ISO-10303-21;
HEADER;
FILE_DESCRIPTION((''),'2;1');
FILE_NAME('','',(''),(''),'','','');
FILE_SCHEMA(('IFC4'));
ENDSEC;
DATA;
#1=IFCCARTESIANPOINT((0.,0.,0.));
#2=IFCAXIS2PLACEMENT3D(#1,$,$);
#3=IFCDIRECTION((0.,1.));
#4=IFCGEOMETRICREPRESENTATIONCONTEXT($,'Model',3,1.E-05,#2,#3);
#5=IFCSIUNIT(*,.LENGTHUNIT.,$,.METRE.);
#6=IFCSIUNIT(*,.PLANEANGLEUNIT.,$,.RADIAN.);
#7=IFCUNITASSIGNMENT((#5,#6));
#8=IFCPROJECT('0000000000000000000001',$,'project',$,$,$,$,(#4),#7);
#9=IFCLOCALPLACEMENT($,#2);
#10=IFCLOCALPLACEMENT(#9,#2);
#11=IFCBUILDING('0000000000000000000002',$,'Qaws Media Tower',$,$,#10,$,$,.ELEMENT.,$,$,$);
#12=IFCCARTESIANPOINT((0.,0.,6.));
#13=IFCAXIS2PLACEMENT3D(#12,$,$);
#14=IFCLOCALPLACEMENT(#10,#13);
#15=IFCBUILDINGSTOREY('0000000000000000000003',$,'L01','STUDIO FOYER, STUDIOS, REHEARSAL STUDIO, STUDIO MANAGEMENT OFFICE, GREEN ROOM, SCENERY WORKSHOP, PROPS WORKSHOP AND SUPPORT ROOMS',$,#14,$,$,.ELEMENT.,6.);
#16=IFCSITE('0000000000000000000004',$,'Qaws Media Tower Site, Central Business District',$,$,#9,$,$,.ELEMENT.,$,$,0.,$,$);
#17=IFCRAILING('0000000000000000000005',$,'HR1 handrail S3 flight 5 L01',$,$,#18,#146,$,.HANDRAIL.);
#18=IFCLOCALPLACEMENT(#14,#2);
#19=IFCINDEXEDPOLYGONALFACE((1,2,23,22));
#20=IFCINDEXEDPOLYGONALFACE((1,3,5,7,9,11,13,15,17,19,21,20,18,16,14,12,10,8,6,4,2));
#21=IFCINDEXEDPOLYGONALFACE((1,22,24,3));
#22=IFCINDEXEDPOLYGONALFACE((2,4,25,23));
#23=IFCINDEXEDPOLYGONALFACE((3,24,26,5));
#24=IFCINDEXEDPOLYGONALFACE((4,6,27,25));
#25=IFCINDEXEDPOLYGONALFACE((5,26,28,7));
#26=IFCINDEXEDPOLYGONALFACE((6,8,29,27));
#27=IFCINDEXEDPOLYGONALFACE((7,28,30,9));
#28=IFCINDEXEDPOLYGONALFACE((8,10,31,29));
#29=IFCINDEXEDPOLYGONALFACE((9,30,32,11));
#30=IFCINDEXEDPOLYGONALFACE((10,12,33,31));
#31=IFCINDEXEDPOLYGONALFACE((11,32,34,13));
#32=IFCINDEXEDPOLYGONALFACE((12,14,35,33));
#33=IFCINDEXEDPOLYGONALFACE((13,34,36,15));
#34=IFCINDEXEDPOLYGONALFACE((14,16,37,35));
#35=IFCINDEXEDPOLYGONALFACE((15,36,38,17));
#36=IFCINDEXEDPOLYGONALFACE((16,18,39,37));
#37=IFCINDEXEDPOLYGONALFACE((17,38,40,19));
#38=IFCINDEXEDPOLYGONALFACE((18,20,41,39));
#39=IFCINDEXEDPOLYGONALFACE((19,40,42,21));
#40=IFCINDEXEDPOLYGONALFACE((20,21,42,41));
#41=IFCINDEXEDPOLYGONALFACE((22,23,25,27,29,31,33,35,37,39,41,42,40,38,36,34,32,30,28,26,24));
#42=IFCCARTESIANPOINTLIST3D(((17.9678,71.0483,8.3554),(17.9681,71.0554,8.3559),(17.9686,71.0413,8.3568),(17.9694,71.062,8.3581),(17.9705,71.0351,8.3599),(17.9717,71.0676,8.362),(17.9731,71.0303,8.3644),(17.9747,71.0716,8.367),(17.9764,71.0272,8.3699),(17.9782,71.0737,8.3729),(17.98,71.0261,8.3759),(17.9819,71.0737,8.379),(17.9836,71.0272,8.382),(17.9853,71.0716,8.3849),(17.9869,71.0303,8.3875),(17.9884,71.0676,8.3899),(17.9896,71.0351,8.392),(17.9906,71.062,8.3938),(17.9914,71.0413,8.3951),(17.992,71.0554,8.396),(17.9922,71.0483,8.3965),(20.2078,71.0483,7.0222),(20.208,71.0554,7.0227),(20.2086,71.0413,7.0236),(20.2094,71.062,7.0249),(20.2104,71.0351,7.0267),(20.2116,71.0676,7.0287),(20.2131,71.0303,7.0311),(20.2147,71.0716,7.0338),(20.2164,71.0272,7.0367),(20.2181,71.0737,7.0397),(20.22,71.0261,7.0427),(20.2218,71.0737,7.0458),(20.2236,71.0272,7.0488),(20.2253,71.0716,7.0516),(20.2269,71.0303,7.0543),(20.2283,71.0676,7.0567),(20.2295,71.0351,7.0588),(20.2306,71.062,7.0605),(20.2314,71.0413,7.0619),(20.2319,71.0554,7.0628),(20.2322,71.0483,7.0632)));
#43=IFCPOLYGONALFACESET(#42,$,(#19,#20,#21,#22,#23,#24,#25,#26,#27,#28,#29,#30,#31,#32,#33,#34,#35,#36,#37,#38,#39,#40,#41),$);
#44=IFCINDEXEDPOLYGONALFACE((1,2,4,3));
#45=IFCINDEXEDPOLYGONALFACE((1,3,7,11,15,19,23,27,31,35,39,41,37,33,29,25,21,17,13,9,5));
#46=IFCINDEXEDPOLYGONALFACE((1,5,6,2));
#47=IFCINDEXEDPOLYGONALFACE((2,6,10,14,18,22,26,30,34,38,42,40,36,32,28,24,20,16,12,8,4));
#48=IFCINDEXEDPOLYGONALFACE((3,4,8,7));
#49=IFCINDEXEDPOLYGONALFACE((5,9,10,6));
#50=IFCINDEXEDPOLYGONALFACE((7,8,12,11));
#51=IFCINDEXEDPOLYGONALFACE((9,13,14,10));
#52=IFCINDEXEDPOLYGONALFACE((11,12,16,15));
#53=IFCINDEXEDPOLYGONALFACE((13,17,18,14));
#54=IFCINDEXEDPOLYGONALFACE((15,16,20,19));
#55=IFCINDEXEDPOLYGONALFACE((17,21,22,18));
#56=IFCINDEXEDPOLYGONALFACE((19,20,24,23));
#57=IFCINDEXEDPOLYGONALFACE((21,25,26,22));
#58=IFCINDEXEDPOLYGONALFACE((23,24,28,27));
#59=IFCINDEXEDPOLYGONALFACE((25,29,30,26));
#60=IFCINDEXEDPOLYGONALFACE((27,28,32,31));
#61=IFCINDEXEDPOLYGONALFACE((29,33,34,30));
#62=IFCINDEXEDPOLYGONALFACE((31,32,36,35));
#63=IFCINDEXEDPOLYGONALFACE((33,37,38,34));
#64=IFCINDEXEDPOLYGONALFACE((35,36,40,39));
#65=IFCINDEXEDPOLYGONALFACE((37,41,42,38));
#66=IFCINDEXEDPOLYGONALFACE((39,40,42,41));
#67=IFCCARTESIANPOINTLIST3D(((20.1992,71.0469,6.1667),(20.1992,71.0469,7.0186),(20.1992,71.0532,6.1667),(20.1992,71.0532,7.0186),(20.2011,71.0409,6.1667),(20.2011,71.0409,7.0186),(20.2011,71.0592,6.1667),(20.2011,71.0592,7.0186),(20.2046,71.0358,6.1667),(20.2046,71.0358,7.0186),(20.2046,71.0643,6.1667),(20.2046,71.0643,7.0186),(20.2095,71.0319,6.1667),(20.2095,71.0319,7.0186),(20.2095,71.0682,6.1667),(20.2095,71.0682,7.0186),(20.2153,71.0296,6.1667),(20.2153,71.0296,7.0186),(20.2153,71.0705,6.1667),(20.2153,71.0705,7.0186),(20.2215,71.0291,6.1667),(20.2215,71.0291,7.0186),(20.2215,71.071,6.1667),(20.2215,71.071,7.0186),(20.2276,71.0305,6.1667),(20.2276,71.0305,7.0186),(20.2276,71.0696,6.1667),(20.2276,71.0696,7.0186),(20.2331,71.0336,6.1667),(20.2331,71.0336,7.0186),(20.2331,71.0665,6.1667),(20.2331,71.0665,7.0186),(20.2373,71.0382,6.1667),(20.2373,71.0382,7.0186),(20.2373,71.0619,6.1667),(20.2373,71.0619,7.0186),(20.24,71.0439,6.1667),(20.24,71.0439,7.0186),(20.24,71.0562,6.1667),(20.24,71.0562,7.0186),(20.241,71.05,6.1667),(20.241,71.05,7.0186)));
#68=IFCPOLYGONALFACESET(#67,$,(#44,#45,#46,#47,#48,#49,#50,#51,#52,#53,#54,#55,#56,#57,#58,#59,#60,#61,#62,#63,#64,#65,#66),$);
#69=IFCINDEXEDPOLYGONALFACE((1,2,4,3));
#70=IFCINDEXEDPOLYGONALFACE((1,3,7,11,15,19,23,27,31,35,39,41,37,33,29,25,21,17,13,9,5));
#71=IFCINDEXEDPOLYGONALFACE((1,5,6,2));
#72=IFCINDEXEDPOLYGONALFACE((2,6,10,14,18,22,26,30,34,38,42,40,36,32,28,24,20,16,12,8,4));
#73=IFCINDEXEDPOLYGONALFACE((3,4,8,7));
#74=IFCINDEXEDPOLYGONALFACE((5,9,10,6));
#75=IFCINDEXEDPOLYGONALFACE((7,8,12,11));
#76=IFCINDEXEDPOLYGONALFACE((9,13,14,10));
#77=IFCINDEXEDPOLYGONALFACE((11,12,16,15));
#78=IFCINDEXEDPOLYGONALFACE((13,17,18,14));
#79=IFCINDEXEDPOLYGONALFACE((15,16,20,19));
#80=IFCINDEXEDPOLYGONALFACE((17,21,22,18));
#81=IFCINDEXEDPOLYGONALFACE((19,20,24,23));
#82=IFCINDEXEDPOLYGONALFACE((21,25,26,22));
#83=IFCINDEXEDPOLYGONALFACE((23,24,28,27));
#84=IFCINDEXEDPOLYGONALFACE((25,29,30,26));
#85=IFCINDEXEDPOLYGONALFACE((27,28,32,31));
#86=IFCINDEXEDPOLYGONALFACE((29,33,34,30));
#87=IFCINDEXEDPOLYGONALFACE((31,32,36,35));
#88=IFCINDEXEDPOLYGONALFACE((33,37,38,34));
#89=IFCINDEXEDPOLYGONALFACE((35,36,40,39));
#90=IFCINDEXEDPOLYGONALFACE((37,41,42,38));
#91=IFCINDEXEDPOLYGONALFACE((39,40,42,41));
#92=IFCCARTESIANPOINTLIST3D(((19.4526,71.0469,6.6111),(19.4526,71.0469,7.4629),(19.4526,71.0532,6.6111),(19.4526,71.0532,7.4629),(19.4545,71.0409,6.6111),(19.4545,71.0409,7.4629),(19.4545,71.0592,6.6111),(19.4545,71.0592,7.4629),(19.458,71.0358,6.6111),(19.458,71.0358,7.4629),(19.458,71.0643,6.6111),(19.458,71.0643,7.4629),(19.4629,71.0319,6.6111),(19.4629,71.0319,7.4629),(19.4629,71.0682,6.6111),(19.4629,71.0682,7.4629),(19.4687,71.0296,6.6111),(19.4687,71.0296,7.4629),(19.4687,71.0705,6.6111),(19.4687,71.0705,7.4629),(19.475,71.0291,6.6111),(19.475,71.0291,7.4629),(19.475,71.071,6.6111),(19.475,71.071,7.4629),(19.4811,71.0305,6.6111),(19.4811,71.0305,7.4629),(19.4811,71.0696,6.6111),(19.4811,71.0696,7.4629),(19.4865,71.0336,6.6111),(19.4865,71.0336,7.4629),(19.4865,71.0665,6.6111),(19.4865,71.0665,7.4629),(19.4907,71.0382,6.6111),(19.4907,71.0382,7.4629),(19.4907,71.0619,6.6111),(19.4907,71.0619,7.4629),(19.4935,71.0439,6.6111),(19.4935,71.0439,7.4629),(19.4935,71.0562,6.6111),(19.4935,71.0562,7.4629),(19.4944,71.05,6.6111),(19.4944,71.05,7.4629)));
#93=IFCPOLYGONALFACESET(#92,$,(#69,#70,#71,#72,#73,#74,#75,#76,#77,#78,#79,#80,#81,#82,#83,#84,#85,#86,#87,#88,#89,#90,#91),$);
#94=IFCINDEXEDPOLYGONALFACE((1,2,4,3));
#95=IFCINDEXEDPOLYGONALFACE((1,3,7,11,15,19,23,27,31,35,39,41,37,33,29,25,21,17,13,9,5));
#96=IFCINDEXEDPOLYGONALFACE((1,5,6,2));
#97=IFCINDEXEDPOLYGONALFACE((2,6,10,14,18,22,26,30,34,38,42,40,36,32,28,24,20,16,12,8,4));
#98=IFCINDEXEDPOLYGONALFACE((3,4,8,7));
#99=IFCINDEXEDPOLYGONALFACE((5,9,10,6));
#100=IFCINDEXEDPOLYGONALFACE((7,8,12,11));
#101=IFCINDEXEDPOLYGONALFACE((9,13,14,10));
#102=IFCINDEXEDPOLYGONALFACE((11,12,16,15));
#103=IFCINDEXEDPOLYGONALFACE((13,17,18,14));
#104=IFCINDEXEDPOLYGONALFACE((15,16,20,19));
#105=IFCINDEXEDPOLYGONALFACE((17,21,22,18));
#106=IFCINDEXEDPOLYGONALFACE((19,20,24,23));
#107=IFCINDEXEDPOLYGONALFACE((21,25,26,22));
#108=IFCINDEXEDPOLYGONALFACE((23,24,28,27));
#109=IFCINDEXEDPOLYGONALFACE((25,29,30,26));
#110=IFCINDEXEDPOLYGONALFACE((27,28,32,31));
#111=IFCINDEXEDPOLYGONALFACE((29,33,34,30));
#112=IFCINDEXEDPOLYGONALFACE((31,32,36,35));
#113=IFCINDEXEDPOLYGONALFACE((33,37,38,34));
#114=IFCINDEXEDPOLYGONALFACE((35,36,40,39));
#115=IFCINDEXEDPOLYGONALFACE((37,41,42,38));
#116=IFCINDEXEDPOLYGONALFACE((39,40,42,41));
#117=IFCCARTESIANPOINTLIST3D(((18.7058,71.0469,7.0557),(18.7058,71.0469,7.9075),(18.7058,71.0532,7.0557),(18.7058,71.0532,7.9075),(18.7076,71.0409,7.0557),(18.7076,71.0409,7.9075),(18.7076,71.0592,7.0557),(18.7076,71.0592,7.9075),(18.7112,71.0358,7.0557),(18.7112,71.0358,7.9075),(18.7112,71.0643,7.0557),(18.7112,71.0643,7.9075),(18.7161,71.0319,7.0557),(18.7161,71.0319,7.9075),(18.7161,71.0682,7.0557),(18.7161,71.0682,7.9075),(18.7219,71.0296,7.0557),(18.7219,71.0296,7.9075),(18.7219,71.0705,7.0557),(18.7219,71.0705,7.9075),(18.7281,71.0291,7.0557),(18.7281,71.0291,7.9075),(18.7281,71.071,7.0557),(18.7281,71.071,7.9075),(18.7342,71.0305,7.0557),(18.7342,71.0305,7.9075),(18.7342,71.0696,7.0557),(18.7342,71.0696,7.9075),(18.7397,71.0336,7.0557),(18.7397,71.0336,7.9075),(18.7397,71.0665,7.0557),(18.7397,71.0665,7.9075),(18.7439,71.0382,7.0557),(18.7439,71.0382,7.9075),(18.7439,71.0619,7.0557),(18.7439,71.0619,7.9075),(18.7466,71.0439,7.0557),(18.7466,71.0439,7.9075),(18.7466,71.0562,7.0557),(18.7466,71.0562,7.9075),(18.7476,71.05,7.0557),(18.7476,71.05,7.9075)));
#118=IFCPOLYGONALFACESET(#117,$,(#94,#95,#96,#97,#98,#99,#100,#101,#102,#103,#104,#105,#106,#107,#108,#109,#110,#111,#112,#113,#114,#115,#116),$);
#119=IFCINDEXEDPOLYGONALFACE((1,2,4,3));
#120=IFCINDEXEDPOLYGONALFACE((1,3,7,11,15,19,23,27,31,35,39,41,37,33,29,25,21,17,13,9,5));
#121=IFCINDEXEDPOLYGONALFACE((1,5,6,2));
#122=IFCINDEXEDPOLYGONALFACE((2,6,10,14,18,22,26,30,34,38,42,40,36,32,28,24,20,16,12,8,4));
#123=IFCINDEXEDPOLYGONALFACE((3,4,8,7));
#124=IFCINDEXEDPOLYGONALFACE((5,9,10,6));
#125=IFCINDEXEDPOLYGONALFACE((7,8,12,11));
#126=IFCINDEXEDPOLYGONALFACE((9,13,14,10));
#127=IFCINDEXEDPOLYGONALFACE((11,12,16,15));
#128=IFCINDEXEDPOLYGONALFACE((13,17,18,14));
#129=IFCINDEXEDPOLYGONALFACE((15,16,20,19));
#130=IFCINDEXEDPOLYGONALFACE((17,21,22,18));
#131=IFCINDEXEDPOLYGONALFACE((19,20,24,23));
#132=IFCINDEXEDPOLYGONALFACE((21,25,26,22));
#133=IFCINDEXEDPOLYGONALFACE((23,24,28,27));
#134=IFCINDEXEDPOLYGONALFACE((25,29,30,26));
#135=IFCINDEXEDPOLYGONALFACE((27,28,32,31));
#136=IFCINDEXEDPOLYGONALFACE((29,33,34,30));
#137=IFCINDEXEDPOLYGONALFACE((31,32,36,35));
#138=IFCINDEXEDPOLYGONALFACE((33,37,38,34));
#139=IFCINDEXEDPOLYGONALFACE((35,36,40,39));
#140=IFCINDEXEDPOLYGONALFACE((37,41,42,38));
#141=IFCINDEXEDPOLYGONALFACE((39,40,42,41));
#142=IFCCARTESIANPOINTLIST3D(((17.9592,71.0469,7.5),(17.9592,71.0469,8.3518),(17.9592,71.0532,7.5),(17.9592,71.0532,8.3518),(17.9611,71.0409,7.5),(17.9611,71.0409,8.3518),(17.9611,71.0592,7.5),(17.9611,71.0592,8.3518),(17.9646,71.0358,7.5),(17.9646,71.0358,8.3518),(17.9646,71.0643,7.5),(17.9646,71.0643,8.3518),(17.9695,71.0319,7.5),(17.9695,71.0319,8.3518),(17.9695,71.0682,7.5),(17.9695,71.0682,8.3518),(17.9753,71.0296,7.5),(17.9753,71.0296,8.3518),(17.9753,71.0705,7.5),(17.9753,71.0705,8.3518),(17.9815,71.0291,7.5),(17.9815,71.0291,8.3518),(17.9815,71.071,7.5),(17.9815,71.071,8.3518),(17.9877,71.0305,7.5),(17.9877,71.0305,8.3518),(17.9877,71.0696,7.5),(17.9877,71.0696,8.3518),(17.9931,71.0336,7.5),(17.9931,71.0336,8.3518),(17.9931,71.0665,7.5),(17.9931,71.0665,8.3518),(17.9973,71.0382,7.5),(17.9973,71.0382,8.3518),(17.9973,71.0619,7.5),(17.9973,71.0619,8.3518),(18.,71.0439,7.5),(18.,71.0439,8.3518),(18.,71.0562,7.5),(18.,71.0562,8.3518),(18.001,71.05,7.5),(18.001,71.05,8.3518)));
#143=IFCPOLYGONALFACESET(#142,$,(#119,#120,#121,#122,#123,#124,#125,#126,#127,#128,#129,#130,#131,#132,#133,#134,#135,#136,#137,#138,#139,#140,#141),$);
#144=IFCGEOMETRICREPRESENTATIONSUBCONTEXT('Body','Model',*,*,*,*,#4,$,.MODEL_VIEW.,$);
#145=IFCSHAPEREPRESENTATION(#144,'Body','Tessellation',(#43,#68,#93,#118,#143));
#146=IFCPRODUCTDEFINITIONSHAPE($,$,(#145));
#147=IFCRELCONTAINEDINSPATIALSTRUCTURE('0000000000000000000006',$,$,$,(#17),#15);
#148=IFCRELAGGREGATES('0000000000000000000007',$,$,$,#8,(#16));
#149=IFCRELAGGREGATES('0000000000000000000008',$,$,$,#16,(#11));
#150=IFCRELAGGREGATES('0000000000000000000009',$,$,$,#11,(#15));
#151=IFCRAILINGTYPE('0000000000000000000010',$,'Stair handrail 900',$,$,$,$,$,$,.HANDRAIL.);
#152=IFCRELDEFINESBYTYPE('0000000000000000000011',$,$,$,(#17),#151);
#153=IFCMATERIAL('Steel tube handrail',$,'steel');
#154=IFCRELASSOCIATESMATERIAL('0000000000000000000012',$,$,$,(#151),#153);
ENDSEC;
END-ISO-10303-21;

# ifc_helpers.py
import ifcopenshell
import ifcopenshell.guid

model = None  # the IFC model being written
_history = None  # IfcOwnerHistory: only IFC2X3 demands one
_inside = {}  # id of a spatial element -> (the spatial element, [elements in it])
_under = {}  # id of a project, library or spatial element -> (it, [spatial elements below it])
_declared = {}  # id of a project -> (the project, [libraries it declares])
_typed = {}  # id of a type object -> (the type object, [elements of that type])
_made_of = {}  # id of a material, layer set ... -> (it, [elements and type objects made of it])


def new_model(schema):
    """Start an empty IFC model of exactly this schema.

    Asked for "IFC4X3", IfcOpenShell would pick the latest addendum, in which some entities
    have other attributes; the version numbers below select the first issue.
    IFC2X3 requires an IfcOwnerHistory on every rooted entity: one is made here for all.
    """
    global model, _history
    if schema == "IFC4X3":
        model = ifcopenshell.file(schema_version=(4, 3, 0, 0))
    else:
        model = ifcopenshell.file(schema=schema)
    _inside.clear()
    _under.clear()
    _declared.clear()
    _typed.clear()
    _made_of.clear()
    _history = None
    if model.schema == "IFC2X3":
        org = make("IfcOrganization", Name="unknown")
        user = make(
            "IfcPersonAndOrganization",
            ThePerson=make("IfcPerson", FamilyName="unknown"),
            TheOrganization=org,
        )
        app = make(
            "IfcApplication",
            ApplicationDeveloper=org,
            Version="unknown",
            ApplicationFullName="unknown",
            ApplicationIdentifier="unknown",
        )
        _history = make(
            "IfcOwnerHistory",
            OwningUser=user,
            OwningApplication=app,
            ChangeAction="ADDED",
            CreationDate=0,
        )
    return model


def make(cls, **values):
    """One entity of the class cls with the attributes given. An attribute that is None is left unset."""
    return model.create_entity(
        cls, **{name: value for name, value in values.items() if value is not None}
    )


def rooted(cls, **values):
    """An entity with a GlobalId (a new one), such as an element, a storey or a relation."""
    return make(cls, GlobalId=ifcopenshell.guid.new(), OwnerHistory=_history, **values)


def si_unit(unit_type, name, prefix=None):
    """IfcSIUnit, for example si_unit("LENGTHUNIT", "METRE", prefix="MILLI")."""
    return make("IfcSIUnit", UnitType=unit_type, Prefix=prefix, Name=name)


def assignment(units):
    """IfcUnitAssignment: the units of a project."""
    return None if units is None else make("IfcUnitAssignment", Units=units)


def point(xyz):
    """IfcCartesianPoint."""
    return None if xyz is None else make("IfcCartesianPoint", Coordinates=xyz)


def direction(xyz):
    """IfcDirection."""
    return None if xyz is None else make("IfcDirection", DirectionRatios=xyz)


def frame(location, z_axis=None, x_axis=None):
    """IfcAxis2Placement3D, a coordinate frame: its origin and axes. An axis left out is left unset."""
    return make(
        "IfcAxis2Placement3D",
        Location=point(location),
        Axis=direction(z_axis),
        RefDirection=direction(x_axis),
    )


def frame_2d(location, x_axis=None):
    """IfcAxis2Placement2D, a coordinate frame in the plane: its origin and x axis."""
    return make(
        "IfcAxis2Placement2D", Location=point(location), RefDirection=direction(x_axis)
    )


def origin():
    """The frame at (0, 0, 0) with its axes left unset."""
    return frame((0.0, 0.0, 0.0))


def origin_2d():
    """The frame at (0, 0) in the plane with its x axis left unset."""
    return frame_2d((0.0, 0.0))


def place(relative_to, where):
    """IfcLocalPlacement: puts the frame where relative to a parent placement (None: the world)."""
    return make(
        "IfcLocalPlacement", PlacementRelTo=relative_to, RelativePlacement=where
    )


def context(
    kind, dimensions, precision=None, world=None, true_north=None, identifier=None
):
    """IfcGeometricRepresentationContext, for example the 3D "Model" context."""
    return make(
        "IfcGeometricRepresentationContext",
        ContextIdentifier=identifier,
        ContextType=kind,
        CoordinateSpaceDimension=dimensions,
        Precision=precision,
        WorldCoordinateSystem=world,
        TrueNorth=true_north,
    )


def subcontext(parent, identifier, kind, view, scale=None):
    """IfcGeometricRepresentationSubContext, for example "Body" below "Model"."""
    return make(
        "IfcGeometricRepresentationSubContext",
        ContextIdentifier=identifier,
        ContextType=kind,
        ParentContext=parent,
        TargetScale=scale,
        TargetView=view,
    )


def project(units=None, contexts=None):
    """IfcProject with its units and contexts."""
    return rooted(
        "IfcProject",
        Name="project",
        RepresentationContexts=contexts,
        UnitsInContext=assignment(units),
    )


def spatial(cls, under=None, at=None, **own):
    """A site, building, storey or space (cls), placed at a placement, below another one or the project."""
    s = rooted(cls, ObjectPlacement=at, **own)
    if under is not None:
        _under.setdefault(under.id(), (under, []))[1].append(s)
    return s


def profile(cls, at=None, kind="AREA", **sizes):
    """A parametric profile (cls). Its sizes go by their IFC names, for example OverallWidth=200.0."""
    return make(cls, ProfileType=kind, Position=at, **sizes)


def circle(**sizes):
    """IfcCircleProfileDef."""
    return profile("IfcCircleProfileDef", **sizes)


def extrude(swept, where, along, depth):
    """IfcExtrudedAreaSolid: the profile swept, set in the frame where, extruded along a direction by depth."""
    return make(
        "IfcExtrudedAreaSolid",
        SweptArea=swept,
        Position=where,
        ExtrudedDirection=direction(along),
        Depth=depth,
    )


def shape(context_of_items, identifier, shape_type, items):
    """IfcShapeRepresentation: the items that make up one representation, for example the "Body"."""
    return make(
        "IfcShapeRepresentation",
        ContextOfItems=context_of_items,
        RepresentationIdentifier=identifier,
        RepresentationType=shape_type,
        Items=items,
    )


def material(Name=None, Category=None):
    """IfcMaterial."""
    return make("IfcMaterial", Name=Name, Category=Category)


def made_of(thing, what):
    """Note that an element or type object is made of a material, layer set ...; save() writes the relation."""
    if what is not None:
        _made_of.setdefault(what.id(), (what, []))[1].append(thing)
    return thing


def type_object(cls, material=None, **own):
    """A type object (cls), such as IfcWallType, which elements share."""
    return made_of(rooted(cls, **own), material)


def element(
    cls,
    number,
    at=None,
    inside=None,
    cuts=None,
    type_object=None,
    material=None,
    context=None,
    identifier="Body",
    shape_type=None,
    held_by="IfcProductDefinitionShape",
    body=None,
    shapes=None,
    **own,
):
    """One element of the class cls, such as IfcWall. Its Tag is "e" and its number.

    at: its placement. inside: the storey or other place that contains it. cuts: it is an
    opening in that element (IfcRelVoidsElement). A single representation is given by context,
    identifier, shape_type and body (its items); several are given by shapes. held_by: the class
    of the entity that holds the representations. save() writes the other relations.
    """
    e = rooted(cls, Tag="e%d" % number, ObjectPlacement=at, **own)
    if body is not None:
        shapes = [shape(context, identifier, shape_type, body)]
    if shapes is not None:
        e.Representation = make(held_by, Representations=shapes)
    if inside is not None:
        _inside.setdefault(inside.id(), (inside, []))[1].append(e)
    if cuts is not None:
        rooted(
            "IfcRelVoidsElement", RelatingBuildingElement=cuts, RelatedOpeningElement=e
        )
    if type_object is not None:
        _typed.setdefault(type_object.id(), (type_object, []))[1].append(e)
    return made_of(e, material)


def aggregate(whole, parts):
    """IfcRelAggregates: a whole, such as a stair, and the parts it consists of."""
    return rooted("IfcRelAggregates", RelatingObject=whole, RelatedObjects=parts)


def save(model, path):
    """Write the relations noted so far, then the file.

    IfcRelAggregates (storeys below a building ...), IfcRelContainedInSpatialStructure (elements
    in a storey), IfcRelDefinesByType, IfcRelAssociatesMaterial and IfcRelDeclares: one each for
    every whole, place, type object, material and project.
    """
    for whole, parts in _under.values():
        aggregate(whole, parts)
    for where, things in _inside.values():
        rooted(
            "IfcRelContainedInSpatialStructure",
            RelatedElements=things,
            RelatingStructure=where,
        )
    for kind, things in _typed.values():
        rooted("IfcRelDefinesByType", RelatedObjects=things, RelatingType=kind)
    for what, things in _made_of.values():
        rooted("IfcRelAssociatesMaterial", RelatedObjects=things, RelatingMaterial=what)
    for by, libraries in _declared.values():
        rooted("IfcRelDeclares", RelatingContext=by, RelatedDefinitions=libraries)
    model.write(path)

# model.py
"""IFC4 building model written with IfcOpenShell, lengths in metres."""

from ifc_helpers import new_model, si_unit, direction, frame, origin, origin_2d, place, context, subcontext, project, spatial, circle, extrude, material, type_object, element, save


model = new_model("IFC4")

# Units and contexts
model_context = context("Model", 3, precision=1e-05, world=origin(), true_north=direction((0.0, 1.0)))
body_context = subcontext(model_context, "Body", "Model", "MODEL_VIEW")
ifc_project = project(units=[si_unit("LENGTHUNIT", "METRE"), si_unit("PLANEANGLEUNIT", "RADIAN")], contexts=[model_context])

# Site, building, storey
site_placement = place(None, origin())
site = spatial("IfcSite", under=ifc_project, at=site_placement, Name="Qaws Media Tower Site, Central Business District", CompositionType="ELEMENT", RefElevation=0.0)
building_placement = place(site_placement, origin())
building = spatial("IfcBuilding", under=site, at=building_placement, Name="Qaws Media Tower", CompositionType="ELEMENT")
storey_placement = place(building_placement, frame((0.0, 0.0, 6.0)))
storey = spatial("IfcBuildingStorey", under=building, at=storey_placement, Name="L01", Description="STUDIO FOYER, STUDIOS, REHEARSAL STUDIO, STUDIO MANAGEMENT OFFICE, GREEN ROOM, SCENERY WORKSHOP, PROPS WORKSHOP AND SUPPORT ROOMS", CompositionType="ELEMENT", Elevation=6.0)

# Railing
ifc_material_1 = material(Name="Steel tube handrail", Category="steel")
railing_type = type_object("IfcRailingType", Name="Stair handrail 900", PredefinedType="HANDRAIL", material=ifc_material_1)
for number, where, name in (
    (1, (20.22, 71.05, 6.1667), "HR1 handrail S3 flight 5 L01"),
):
    element("IfcRailing", number, at=place(storey_placement, frame(where)), inside=storey, type_object=railing_type, Name=name, PredefinedType="HANDRAIL", context=body_context, shape_type="SweptSolid", body=[
        extrude(circle(Radius=0.0239, at=origin_2d()), frame((0.0, 0.0, 0.876), z_axis=(-0.859306, 0.0, 0.511462), x_axis=(0.0, -1.0, 0.0)), (0.0, 0.0, 1.0), 2.6067),
        extrude(circle(Radius=0.021, at=origin_2d()), origin(), (0.0, 0.0, 1.0), 0.8518),
        extrude(circle(Radius=0.021, at=origin_2d()), frame((-0.7466, 0.0, 0.4443)), (0.0, 0.0, 1.0), 0.8518),
        extrude(circle(Radius=0.021, at=origin_2d()), frame((-1.4934, 0.0, 0.8889)), (0.0, 0.0, 1.0), 0.8518),
        extrude(circle(Radius=0.021, at=origin_2d()), frame((-2.24, 0.0, 1.3333)), (0.0, 0.0, 1.0), 0.8518),
    ])

save(model, "model.ifc")
